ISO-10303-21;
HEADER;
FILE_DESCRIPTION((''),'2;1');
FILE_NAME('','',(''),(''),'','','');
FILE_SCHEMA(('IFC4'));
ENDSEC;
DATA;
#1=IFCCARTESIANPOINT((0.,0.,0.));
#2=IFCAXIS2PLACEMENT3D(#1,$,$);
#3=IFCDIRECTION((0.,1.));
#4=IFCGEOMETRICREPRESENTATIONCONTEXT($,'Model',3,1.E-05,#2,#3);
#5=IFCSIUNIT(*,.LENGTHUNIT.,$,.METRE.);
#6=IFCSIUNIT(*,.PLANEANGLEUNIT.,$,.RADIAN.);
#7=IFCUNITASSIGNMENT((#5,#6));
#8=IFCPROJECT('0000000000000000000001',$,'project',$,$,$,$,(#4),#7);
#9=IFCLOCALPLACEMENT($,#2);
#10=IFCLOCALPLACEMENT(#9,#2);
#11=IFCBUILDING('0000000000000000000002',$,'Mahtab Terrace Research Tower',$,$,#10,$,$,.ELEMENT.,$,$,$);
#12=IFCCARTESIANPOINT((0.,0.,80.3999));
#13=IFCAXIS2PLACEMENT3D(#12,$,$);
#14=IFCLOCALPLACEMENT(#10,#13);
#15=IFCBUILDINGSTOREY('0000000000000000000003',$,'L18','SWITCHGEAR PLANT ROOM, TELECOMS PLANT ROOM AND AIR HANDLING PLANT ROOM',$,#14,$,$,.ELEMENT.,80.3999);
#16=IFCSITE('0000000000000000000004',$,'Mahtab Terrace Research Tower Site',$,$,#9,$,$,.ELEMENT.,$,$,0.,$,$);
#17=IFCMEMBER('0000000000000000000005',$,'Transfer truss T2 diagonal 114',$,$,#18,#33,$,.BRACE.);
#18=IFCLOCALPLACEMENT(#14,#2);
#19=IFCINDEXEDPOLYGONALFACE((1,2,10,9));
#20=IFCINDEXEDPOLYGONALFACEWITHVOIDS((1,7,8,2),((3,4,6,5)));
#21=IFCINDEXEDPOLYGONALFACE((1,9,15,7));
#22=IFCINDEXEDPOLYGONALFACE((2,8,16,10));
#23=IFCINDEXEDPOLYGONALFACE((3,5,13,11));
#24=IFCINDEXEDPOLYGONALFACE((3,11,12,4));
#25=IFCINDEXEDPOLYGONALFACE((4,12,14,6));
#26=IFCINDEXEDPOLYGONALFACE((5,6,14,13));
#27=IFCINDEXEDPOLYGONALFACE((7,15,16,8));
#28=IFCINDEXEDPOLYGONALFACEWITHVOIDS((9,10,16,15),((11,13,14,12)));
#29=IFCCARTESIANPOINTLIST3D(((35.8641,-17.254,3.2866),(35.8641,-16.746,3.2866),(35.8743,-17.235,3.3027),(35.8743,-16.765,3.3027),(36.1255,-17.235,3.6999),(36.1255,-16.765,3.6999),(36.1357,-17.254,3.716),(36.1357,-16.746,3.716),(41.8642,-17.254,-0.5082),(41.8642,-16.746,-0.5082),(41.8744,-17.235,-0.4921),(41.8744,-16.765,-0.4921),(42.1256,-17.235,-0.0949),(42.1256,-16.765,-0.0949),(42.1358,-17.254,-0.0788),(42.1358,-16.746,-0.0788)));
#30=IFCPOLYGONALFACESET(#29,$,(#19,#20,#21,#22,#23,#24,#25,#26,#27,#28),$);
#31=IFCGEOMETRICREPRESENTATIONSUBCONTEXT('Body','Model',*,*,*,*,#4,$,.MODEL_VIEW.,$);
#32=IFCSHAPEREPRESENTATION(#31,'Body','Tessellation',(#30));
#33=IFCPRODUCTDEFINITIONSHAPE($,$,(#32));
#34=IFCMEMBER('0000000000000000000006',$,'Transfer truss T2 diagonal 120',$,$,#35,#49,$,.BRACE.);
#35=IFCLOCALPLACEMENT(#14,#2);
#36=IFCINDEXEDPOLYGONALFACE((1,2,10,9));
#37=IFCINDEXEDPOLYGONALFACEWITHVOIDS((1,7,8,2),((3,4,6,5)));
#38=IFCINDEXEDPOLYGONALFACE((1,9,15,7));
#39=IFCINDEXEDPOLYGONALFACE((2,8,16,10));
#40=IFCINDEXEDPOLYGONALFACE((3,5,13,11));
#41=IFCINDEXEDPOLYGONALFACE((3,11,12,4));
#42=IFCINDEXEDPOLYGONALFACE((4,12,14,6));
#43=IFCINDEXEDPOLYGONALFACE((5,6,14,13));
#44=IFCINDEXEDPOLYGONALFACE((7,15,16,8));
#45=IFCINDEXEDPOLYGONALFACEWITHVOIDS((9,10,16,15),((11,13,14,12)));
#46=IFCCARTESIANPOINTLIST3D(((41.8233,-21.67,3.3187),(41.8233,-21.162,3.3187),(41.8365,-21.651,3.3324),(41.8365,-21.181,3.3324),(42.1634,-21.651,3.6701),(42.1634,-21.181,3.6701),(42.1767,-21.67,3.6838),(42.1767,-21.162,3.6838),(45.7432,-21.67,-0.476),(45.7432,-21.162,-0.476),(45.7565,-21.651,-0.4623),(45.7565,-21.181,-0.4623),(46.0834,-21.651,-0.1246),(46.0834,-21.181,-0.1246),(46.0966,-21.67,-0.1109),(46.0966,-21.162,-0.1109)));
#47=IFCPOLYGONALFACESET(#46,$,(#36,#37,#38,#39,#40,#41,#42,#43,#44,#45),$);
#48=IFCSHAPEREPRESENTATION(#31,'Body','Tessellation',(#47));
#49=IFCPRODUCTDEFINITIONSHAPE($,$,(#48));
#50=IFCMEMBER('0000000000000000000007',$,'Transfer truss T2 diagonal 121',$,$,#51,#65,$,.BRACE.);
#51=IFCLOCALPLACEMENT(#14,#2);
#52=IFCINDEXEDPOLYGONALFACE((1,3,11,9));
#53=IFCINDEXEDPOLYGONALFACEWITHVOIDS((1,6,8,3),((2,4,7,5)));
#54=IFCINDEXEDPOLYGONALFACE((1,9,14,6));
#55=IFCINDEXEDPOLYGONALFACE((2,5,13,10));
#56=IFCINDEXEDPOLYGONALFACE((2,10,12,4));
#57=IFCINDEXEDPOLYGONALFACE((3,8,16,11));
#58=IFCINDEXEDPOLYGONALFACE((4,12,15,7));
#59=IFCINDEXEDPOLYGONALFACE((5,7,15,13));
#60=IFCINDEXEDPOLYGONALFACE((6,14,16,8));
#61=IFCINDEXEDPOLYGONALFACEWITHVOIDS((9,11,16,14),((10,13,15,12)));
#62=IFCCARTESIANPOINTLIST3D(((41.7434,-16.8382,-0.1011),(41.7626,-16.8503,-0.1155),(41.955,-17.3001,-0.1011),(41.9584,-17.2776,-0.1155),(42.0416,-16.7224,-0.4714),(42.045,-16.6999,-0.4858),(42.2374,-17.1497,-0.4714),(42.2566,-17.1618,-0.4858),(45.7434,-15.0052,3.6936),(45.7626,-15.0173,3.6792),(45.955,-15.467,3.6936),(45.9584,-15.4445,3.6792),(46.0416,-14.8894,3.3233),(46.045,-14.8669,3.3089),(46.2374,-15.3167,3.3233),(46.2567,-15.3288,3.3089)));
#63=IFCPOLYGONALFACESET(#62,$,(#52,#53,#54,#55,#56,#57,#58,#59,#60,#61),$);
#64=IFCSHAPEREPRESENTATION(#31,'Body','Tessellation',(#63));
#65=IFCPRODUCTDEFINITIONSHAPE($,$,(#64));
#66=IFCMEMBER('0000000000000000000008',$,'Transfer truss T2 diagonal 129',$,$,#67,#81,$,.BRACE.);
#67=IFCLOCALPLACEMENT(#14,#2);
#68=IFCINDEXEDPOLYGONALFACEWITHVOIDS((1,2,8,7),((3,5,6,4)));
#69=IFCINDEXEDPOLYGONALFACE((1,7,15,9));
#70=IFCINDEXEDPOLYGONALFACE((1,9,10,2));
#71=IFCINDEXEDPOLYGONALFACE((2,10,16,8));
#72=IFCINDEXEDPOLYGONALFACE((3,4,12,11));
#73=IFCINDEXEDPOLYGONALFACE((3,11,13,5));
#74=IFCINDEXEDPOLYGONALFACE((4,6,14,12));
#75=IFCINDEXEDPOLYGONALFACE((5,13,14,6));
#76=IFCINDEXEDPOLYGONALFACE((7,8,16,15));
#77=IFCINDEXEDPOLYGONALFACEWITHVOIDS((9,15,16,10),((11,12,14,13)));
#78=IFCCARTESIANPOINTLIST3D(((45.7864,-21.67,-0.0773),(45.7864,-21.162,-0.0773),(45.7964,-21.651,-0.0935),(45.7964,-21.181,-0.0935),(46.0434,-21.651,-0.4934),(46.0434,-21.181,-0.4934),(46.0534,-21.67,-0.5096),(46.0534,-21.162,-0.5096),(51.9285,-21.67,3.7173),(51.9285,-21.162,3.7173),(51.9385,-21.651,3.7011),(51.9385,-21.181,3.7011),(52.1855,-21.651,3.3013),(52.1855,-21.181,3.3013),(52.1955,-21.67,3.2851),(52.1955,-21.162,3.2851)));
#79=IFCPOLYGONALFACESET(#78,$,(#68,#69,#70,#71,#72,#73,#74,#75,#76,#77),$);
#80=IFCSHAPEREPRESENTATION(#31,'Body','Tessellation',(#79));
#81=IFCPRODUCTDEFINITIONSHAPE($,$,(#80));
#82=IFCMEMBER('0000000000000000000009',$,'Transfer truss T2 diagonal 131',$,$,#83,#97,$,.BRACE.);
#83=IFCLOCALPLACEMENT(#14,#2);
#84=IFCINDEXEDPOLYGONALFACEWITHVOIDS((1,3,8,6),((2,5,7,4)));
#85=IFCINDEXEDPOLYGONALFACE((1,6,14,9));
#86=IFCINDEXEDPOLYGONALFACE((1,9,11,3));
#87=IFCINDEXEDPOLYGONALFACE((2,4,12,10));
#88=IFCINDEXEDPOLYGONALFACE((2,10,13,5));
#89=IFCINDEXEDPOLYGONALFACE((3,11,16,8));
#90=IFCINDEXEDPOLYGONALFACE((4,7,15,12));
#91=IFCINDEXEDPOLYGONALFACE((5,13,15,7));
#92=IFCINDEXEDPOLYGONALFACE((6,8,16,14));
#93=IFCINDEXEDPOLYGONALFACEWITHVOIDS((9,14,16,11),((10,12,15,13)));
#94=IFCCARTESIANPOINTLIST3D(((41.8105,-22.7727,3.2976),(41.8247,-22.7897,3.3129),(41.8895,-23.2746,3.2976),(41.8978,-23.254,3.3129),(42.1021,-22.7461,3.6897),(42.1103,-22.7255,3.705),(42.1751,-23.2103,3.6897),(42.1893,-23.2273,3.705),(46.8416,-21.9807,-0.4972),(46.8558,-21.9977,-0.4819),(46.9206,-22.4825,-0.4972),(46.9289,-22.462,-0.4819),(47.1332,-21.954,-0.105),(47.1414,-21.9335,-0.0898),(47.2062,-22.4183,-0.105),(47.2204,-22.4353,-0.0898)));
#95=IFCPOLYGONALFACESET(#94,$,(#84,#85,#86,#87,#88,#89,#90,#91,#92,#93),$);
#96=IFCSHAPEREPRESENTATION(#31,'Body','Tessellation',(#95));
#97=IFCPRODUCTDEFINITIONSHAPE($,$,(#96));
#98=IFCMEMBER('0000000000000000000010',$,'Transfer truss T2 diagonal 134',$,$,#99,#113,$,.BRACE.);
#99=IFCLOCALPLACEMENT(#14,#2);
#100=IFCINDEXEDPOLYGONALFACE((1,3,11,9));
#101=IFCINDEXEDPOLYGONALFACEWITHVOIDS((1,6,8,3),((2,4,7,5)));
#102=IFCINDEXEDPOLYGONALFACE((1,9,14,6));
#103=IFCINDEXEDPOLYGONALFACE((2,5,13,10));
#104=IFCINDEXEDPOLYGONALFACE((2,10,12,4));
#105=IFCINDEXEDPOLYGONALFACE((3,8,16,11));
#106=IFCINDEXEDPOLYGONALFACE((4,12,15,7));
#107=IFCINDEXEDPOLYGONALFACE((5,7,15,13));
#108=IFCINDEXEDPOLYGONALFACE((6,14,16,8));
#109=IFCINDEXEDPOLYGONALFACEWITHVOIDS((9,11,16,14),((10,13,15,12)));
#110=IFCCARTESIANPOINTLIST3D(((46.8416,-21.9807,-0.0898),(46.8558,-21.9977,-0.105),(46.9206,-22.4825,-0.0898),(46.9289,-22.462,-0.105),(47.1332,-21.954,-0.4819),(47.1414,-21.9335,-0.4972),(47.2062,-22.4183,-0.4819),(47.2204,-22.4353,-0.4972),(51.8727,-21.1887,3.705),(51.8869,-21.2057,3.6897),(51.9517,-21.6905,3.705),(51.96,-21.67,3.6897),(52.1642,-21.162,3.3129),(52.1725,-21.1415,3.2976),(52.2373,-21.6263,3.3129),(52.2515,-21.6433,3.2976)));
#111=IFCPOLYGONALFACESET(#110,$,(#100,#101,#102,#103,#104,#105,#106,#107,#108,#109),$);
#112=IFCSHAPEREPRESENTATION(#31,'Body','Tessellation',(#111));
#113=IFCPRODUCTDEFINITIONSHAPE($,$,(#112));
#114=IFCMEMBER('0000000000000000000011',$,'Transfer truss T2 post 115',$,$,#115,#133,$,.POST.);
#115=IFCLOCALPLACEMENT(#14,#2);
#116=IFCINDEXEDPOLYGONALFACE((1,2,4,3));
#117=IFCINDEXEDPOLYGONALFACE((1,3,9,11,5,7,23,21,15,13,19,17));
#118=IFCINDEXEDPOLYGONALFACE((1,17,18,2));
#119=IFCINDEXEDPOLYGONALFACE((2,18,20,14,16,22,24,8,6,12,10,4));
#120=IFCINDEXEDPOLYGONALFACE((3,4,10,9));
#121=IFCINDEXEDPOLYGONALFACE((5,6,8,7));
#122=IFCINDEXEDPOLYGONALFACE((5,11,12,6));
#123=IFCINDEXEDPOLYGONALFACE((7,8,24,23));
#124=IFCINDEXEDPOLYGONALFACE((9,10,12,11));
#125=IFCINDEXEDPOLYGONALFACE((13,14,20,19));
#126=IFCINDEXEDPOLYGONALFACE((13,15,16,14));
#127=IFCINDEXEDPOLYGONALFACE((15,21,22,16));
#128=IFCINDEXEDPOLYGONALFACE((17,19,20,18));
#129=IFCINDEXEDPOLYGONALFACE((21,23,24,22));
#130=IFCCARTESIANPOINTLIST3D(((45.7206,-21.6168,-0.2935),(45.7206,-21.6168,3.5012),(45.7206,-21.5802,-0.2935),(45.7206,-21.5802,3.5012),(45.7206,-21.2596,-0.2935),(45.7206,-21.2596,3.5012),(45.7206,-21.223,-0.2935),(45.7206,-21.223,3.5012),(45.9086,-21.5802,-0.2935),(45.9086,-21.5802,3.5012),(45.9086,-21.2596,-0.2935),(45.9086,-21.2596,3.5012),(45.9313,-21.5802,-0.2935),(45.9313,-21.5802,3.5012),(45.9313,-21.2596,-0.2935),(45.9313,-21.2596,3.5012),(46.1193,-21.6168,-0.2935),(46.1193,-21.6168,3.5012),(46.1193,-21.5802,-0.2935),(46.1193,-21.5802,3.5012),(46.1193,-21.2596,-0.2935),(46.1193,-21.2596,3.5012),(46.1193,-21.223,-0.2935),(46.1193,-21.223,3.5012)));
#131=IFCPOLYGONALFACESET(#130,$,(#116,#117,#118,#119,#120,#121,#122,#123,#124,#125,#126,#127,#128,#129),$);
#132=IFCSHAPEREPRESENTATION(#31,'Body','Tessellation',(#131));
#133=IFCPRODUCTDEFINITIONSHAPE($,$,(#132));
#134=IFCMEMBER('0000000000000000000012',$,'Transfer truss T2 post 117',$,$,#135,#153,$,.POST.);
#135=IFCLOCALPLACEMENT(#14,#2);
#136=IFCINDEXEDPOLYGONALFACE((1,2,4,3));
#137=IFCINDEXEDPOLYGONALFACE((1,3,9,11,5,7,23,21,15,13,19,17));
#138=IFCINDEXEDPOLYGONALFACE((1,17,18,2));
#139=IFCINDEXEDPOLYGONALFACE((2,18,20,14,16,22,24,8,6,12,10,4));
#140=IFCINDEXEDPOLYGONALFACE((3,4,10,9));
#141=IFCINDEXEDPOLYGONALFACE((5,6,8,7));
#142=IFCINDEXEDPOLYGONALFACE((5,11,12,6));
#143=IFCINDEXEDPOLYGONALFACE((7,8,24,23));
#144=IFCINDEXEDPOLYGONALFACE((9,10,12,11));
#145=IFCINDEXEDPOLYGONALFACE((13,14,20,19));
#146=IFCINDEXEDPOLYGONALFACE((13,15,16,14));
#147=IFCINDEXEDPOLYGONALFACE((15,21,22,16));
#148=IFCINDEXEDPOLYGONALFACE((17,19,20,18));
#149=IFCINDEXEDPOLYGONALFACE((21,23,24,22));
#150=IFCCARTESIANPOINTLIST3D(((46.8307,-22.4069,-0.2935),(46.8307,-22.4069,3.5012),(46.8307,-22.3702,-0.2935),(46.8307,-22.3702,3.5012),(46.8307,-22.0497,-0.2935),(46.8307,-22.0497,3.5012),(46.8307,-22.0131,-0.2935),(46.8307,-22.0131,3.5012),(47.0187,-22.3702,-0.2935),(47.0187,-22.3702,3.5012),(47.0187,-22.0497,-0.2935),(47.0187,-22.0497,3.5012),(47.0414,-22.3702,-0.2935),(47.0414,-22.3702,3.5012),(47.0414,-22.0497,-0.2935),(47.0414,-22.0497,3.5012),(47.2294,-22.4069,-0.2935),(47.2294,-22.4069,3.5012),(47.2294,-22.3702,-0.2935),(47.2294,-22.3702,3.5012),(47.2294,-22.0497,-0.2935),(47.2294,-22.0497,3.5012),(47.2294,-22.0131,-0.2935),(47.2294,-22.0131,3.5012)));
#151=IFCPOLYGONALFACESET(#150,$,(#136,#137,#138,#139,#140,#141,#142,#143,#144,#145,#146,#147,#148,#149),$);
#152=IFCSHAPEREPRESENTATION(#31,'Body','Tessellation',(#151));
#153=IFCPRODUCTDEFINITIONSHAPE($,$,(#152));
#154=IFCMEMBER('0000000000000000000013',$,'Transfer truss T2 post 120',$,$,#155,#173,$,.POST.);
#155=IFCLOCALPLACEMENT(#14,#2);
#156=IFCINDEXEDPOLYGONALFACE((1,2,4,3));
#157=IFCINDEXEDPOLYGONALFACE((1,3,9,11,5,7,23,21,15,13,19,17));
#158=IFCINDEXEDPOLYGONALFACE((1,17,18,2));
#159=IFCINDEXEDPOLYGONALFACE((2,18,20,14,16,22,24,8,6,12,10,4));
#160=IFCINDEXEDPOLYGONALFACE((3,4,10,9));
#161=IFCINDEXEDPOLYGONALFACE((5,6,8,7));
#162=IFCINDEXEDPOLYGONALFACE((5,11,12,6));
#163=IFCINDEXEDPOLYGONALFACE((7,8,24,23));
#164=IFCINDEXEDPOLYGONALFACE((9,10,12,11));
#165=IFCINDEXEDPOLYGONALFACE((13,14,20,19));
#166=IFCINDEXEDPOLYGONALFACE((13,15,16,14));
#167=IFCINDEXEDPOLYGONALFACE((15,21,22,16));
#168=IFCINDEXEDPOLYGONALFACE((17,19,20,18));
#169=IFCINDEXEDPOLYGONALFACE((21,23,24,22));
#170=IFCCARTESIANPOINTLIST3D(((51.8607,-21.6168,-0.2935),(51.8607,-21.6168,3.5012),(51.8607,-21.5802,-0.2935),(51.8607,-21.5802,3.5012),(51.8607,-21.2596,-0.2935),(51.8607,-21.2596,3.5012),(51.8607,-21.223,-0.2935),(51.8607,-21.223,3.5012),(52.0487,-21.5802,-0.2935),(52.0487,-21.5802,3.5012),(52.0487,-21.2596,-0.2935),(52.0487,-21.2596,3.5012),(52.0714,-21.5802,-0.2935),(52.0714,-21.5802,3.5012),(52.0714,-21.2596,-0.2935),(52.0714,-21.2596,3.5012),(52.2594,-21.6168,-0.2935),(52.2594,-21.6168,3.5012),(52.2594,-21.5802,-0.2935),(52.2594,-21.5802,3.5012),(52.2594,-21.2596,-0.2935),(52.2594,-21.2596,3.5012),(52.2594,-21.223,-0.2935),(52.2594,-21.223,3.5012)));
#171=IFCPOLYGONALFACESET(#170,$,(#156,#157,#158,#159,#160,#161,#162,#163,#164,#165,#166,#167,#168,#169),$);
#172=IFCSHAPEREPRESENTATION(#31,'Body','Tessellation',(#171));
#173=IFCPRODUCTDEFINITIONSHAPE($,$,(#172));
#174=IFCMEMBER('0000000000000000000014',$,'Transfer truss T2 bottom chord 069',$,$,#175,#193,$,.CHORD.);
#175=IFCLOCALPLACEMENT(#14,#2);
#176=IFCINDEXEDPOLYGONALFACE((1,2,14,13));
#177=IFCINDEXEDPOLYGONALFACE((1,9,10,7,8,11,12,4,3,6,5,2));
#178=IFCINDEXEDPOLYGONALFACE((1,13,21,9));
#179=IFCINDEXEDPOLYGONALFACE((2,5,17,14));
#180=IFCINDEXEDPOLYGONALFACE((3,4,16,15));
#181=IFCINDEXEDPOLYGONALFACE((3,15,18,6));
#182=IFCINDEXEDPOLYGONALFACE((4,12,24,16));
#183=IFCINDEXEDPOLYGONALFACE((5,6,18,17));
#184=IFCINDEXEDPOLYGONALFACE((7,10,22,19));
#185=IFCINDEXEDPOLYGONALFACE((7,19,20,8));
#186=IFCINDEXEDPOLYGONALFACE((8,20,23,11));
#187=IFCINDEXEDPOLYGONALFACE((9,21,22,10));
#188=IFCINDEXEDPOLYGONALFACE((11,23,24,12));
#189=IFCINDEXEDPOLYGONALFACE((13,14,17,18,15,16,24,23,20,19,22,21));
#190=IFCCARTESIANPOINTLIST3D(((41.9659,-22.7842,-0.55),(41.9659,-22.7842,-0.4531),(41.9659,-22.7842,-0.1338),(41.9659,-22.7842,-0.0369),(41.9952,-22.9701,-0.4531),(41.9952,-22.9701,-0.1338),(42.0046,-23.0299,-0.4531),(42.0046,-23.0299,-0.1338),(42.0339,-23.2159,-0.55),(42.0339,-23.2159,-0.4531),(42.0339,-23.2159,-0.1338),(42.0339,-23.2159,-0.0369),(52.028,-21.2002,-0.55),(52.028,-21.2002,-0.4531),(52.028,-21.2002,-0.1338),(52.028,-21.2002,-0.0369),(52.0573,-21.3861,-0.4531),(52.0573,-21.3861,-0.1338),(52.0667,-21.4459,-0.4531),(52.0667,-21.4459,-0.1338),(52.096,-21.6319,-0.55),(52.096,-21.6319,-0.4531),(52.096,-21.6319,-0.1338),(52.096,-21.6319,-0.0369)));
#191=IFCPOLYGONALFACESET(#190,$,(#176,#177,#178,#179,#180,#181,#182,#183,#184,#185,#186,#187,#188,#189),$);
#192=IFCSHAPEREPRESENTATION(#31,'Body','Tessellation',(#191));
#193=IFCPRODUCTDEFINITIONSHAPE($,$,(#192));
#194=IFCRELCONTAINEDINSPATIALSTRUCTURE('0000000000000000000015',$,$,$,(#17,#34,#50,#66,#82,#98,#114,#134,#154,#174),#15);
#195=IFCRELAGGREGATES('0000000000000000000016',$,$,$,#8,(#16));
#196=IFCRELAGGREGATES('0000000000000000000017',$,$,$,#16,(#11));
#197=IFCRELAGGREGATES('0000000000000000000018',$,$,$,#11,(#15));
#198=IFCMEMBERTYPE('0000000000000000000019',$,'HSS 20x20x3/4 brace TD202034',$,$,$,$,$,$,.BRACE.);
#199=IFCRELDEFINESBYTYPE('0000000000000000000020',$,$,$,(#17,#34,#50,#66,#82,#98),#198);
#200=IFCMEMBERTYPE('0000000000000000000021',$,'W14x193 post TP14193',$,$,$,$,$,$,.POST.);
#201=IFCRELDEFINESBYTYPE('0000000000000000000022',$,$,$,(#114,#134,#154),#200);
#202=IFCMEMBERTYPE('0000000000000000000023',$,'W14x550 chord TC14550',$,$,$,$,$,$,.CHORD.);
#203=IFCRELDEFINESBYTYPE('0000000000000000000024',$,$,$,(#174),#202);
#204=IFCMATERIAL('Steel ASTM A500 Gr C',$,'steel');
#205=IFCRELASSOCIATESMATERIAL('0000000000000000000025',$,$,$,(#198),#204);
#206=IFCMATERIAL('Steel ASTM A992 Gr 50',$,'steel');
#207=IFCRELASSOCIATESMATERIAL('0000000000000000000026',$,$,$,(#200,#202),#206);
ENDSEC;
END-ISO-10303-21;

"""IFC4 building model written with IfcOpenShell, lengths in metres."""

from ifc_helpers import new_model, si_unit, direction, frame, origin, origin_2d, place, context, subcontext, project, spatial, hollow_rectangle, i_section, extrude, material, material_profile, profile_set, type_object, element, save


model = new_model("IFC4")

# Units and contexts
model_context = context("Model", 3, precision=1e-05, world=origin(), true_north=direction((0.0, 1.0)))
body_context = subcontext(model_context, "Body", "Model", "MODEL_VIEW")
ifc_project = project(units=[si_unit("LENGTHUNIT", "METRE"), si_unit("PLANEANGLEUNIT", "RADIAN")], contexts=[model_context])

# Site, building, storey
site_placement = place(None, origin())
site = spatial("IfcSite", under=ifc_project, at=site_placement, Name="Mahtab Terrace Research Tower Site", CompositionType="ELEMENT", RefElevation=0.0)
building_placement = place(site_placement, origin())
building = spatial("IfcBuilding", under=site, at=building_placement, Name="Mahtab Terrace Research Tower", CompositionType="ELEMENT")
storey_placement = place(building_placement, frame((0.0, 0.0, 80.3999)))
storey = spatial("IfcBuildingStorey", under=building, at=storey_placement, Name="L18", Description="SWITCHGEAR PLANT ROOM, TELECOMS PLANT ROOM AND AIR HANDLING PLANT ROOM", CompositionType="ELEMENT", Elevation=80.3999)

# Members
ifc_material_1 = material(Name="Steel ASTM A500 Gr C", Category="steel")
ifc_material_profile_1 = material_profile(ifc_material_1, hollow_rectangle(XDim=0.5081, YDim=0.5081, WallThickness=0.019, at=origin_2d()), Name="HSS20X20X3/4")
ifc_profile_set_1 = profile_set([ifc_material_profile_1], Name="Steel ASTM A500 Gr C")
member_type_1 = type_object("IfcMemberType", Name="HSS 20x20x3/4 brace TD202034", PredefinedType="BRACE", material=ifc_profile_set_1)
member_1_placement = place(storey_placement, frame((42.0, -17.0, -0.2935), z_axis=(-0.845158, 0.0, 0.534517), x_axis=(0.0, -1.0, 0.0)))
element("IfcMember", 1, at=member_1_placement, inside=storey, type_object=member_type_1, Name="Transfer truss T2 diagonal 114", PredefinedType="BRACE", context=body_context, shape_type="SweptSolid", body=[
    extrude(hollow_rectangle(XDim=0.5081, YDim=0.5081, WallThickness=0.019, at=origin_2d()), origin(), (0.0, 0.0, 1.0), 7.0994),
])
member_2_placement = place(storey_placement, frame((45.9199, -21.416, -0.2935), z_axis=(-0.718492, 0.0, 0.695535), x_axis=(0.0, -1.0, 0.0)))
element("IfcMember", 2, at=member_2_placement, inside=storey, type_object=member_type_1, Name="Transfer truss T2 diagonal 120", PredefinedType="BRACE", context=body_context, shape_type="SweptSolid", body=[
    extrude(hollow_rectangle(XDim=0.5081, YDim=0.5081, WallThickness=0.019, at=origin_2d()), origin(), (0.0, 0.0, 1.0), 5.4558),
])
member_3_placement = place(storey_placement, frame((42.0, -17.0, -0.2935), z_axis=(0.688434, 0.315476, 0.653096), x_axis=(-0.416594, 0.909093, 0.0)))
element("IfcMember", 3, at=member_3_placement, inside=storey, type_object=member_type_1, Name="Transfer truss T2 diagonal 121", PredefinedType="BRACE", context=body_context, shape_type="SweptSolid", body=[
    extrude(hollow_rectangle(XDim=0.5081, YDim=0.5081, WallThickness=0.019, at=origin_2d()), origin(), (0.0, 0.0, 1.0), 5.8103),
])
member_4_placement = place(storey_placement, frame((45.9199, -21.416, -0.2935), z_axis=(0.850734, 0.0, 0.525597), x_axis=(0.0, 1.0, 0.0)))
element("IfcMember", 4, at=member_4_placement, inside=storey, type_object=member_type_1, Name="Transfer truss T2 diagonal 129", PredefinedType="BRACE", context=body_context, shape_type="SweptSolid", body=[
    extrude(hollow_rectangle(XDim=0.5081, YDim=0.5081, WallThickness=0.019, at=origin_2d()), origin(), (0.0, 0.0, 1.0), 7.2197),
])
for number, where, z_axis, x_axis, name in (
    (5, (47.031, -22.208, -0.2935), (-0.792134, -0.124699, 0.597473), (0.155507, -0.987835, 0.0), "Transfer truss T2 diagonal 131"),
    (6, (47.031, -22.208, -0.2935), (0.792134, 0.124699, 0.597473), (-0.155507, 0.987835, 0.0), "Transfer truss T2 diagonal 134"),
):
    element("IfcMember", number, at=place(storey_placement, frame(where, z_axis=z_axis, x_axis=x_axis)), inside=storey, type_object=member_type_1, Name=name, PredefinedType="BRACE", context=body_context, shape_type="SweptSolid", body=[
        extrude(hollow_rectangle(XDim=0.5081, YDim=0.5081, WallThickness=0.019, at=origin_2d()), origin(), (0.0, 0.0, 1.0), 6.3513),
    ])
ifc_material_2 = material(Name="Steel ASTM A992 Gr 50", Category="steel")
ifc_material_profile_2 = material_profile(ifc_material_2, i_section(OverallWidth=0.3987, OverallDepth=0.3938, WebThickness=0.0227, FlangeThickness=0.0366, at=origin_2d()), Name="W14X193")
ifc_profile_set_2 = profile_set([ifc_material_profile_2], Name="Steel ASTM A992 Gr 50")
member_type_2 = type_object("IfcMemberType", Name="W14x193 post TP14193", PredefinedType="POST", material=ifc_profile_set_2)
for number, where, z_axis, x_axis, name in (
    (7, (45.9199, -21.4199, -0.2935), (0.0, 0.0, 1.0), (1.0, 0.0, 0.0), "Transfer truss T2 post 115"),
    (8, (47.03, -22.21, -0.2935), (0.0, 0.0, 1.0), (1.0, 0.0, 0.0), "Transfer truss T2 post 117"),
    (9, (52.0601, -21.4199, -0.2935), (0.0, 0.0, 1.0), (1.0, 0.0, 0.0), "Transfer truss T2 post 120"),
):
    element("IfcMember", number, at=place(storey_placement, frame(where, z_axis=z_axis, x_axis=x_axis)), inside=storey, type_object=member_type_2, Name=name, PredefinedType="POST", context=body_context, shape_type="SweptSolid", body=[
        extrude(i_section(OverallWidth=0.3987, OverallDepth=0.3938, WebThickness=0.0227, FlangeThickness=0.0366, at=origin_2d()), origin(), (0.0, 0.0, 1.0), 3.7947),
    ])
ifc_material_profile_3 = material_profile(ifc_material_2, i_section(OverallWidth=0.437, OverallDepth=0.5132, WebThickness=0.0605, FlangeThickness=0.0969, at=origin_2d()), Name="W14X550")
ifc_profile_set_3 = profile_set([ifc_material_profile_3], Name="Steel ASTM A992 Gr 50")
member_type_3 = type_object("IfcMemberType", Name="W14x550 chord TC14550", PredefinedType="CHORD", material=ifc_profile_set_3)
member_5_placement = place(storey_placement, frame((52.062, -21.416, -0.2935), z_axis=(-0.987835, -0.155507, 0.0), x_axis=(0.155507, -0.987835, 0.0)))
element("IfcMember", 10, at=member_5_placement, inside=storey, type_object=member_type_3, Name="Transfer truss T2 bottom chord 069", PredefinedType="CHORD", context=body_context, shape_type="SweptSolid", body=[
    extrude(i_section(OverallWidth=0.437, OverallDepth=0.5132, WebThickness=0.0605, FlangeThickness=0.0969, at=origin_2d()), origin(), (0.0, 0.0, 1.0), 10.186),
])

save(model, "model.ifc")
